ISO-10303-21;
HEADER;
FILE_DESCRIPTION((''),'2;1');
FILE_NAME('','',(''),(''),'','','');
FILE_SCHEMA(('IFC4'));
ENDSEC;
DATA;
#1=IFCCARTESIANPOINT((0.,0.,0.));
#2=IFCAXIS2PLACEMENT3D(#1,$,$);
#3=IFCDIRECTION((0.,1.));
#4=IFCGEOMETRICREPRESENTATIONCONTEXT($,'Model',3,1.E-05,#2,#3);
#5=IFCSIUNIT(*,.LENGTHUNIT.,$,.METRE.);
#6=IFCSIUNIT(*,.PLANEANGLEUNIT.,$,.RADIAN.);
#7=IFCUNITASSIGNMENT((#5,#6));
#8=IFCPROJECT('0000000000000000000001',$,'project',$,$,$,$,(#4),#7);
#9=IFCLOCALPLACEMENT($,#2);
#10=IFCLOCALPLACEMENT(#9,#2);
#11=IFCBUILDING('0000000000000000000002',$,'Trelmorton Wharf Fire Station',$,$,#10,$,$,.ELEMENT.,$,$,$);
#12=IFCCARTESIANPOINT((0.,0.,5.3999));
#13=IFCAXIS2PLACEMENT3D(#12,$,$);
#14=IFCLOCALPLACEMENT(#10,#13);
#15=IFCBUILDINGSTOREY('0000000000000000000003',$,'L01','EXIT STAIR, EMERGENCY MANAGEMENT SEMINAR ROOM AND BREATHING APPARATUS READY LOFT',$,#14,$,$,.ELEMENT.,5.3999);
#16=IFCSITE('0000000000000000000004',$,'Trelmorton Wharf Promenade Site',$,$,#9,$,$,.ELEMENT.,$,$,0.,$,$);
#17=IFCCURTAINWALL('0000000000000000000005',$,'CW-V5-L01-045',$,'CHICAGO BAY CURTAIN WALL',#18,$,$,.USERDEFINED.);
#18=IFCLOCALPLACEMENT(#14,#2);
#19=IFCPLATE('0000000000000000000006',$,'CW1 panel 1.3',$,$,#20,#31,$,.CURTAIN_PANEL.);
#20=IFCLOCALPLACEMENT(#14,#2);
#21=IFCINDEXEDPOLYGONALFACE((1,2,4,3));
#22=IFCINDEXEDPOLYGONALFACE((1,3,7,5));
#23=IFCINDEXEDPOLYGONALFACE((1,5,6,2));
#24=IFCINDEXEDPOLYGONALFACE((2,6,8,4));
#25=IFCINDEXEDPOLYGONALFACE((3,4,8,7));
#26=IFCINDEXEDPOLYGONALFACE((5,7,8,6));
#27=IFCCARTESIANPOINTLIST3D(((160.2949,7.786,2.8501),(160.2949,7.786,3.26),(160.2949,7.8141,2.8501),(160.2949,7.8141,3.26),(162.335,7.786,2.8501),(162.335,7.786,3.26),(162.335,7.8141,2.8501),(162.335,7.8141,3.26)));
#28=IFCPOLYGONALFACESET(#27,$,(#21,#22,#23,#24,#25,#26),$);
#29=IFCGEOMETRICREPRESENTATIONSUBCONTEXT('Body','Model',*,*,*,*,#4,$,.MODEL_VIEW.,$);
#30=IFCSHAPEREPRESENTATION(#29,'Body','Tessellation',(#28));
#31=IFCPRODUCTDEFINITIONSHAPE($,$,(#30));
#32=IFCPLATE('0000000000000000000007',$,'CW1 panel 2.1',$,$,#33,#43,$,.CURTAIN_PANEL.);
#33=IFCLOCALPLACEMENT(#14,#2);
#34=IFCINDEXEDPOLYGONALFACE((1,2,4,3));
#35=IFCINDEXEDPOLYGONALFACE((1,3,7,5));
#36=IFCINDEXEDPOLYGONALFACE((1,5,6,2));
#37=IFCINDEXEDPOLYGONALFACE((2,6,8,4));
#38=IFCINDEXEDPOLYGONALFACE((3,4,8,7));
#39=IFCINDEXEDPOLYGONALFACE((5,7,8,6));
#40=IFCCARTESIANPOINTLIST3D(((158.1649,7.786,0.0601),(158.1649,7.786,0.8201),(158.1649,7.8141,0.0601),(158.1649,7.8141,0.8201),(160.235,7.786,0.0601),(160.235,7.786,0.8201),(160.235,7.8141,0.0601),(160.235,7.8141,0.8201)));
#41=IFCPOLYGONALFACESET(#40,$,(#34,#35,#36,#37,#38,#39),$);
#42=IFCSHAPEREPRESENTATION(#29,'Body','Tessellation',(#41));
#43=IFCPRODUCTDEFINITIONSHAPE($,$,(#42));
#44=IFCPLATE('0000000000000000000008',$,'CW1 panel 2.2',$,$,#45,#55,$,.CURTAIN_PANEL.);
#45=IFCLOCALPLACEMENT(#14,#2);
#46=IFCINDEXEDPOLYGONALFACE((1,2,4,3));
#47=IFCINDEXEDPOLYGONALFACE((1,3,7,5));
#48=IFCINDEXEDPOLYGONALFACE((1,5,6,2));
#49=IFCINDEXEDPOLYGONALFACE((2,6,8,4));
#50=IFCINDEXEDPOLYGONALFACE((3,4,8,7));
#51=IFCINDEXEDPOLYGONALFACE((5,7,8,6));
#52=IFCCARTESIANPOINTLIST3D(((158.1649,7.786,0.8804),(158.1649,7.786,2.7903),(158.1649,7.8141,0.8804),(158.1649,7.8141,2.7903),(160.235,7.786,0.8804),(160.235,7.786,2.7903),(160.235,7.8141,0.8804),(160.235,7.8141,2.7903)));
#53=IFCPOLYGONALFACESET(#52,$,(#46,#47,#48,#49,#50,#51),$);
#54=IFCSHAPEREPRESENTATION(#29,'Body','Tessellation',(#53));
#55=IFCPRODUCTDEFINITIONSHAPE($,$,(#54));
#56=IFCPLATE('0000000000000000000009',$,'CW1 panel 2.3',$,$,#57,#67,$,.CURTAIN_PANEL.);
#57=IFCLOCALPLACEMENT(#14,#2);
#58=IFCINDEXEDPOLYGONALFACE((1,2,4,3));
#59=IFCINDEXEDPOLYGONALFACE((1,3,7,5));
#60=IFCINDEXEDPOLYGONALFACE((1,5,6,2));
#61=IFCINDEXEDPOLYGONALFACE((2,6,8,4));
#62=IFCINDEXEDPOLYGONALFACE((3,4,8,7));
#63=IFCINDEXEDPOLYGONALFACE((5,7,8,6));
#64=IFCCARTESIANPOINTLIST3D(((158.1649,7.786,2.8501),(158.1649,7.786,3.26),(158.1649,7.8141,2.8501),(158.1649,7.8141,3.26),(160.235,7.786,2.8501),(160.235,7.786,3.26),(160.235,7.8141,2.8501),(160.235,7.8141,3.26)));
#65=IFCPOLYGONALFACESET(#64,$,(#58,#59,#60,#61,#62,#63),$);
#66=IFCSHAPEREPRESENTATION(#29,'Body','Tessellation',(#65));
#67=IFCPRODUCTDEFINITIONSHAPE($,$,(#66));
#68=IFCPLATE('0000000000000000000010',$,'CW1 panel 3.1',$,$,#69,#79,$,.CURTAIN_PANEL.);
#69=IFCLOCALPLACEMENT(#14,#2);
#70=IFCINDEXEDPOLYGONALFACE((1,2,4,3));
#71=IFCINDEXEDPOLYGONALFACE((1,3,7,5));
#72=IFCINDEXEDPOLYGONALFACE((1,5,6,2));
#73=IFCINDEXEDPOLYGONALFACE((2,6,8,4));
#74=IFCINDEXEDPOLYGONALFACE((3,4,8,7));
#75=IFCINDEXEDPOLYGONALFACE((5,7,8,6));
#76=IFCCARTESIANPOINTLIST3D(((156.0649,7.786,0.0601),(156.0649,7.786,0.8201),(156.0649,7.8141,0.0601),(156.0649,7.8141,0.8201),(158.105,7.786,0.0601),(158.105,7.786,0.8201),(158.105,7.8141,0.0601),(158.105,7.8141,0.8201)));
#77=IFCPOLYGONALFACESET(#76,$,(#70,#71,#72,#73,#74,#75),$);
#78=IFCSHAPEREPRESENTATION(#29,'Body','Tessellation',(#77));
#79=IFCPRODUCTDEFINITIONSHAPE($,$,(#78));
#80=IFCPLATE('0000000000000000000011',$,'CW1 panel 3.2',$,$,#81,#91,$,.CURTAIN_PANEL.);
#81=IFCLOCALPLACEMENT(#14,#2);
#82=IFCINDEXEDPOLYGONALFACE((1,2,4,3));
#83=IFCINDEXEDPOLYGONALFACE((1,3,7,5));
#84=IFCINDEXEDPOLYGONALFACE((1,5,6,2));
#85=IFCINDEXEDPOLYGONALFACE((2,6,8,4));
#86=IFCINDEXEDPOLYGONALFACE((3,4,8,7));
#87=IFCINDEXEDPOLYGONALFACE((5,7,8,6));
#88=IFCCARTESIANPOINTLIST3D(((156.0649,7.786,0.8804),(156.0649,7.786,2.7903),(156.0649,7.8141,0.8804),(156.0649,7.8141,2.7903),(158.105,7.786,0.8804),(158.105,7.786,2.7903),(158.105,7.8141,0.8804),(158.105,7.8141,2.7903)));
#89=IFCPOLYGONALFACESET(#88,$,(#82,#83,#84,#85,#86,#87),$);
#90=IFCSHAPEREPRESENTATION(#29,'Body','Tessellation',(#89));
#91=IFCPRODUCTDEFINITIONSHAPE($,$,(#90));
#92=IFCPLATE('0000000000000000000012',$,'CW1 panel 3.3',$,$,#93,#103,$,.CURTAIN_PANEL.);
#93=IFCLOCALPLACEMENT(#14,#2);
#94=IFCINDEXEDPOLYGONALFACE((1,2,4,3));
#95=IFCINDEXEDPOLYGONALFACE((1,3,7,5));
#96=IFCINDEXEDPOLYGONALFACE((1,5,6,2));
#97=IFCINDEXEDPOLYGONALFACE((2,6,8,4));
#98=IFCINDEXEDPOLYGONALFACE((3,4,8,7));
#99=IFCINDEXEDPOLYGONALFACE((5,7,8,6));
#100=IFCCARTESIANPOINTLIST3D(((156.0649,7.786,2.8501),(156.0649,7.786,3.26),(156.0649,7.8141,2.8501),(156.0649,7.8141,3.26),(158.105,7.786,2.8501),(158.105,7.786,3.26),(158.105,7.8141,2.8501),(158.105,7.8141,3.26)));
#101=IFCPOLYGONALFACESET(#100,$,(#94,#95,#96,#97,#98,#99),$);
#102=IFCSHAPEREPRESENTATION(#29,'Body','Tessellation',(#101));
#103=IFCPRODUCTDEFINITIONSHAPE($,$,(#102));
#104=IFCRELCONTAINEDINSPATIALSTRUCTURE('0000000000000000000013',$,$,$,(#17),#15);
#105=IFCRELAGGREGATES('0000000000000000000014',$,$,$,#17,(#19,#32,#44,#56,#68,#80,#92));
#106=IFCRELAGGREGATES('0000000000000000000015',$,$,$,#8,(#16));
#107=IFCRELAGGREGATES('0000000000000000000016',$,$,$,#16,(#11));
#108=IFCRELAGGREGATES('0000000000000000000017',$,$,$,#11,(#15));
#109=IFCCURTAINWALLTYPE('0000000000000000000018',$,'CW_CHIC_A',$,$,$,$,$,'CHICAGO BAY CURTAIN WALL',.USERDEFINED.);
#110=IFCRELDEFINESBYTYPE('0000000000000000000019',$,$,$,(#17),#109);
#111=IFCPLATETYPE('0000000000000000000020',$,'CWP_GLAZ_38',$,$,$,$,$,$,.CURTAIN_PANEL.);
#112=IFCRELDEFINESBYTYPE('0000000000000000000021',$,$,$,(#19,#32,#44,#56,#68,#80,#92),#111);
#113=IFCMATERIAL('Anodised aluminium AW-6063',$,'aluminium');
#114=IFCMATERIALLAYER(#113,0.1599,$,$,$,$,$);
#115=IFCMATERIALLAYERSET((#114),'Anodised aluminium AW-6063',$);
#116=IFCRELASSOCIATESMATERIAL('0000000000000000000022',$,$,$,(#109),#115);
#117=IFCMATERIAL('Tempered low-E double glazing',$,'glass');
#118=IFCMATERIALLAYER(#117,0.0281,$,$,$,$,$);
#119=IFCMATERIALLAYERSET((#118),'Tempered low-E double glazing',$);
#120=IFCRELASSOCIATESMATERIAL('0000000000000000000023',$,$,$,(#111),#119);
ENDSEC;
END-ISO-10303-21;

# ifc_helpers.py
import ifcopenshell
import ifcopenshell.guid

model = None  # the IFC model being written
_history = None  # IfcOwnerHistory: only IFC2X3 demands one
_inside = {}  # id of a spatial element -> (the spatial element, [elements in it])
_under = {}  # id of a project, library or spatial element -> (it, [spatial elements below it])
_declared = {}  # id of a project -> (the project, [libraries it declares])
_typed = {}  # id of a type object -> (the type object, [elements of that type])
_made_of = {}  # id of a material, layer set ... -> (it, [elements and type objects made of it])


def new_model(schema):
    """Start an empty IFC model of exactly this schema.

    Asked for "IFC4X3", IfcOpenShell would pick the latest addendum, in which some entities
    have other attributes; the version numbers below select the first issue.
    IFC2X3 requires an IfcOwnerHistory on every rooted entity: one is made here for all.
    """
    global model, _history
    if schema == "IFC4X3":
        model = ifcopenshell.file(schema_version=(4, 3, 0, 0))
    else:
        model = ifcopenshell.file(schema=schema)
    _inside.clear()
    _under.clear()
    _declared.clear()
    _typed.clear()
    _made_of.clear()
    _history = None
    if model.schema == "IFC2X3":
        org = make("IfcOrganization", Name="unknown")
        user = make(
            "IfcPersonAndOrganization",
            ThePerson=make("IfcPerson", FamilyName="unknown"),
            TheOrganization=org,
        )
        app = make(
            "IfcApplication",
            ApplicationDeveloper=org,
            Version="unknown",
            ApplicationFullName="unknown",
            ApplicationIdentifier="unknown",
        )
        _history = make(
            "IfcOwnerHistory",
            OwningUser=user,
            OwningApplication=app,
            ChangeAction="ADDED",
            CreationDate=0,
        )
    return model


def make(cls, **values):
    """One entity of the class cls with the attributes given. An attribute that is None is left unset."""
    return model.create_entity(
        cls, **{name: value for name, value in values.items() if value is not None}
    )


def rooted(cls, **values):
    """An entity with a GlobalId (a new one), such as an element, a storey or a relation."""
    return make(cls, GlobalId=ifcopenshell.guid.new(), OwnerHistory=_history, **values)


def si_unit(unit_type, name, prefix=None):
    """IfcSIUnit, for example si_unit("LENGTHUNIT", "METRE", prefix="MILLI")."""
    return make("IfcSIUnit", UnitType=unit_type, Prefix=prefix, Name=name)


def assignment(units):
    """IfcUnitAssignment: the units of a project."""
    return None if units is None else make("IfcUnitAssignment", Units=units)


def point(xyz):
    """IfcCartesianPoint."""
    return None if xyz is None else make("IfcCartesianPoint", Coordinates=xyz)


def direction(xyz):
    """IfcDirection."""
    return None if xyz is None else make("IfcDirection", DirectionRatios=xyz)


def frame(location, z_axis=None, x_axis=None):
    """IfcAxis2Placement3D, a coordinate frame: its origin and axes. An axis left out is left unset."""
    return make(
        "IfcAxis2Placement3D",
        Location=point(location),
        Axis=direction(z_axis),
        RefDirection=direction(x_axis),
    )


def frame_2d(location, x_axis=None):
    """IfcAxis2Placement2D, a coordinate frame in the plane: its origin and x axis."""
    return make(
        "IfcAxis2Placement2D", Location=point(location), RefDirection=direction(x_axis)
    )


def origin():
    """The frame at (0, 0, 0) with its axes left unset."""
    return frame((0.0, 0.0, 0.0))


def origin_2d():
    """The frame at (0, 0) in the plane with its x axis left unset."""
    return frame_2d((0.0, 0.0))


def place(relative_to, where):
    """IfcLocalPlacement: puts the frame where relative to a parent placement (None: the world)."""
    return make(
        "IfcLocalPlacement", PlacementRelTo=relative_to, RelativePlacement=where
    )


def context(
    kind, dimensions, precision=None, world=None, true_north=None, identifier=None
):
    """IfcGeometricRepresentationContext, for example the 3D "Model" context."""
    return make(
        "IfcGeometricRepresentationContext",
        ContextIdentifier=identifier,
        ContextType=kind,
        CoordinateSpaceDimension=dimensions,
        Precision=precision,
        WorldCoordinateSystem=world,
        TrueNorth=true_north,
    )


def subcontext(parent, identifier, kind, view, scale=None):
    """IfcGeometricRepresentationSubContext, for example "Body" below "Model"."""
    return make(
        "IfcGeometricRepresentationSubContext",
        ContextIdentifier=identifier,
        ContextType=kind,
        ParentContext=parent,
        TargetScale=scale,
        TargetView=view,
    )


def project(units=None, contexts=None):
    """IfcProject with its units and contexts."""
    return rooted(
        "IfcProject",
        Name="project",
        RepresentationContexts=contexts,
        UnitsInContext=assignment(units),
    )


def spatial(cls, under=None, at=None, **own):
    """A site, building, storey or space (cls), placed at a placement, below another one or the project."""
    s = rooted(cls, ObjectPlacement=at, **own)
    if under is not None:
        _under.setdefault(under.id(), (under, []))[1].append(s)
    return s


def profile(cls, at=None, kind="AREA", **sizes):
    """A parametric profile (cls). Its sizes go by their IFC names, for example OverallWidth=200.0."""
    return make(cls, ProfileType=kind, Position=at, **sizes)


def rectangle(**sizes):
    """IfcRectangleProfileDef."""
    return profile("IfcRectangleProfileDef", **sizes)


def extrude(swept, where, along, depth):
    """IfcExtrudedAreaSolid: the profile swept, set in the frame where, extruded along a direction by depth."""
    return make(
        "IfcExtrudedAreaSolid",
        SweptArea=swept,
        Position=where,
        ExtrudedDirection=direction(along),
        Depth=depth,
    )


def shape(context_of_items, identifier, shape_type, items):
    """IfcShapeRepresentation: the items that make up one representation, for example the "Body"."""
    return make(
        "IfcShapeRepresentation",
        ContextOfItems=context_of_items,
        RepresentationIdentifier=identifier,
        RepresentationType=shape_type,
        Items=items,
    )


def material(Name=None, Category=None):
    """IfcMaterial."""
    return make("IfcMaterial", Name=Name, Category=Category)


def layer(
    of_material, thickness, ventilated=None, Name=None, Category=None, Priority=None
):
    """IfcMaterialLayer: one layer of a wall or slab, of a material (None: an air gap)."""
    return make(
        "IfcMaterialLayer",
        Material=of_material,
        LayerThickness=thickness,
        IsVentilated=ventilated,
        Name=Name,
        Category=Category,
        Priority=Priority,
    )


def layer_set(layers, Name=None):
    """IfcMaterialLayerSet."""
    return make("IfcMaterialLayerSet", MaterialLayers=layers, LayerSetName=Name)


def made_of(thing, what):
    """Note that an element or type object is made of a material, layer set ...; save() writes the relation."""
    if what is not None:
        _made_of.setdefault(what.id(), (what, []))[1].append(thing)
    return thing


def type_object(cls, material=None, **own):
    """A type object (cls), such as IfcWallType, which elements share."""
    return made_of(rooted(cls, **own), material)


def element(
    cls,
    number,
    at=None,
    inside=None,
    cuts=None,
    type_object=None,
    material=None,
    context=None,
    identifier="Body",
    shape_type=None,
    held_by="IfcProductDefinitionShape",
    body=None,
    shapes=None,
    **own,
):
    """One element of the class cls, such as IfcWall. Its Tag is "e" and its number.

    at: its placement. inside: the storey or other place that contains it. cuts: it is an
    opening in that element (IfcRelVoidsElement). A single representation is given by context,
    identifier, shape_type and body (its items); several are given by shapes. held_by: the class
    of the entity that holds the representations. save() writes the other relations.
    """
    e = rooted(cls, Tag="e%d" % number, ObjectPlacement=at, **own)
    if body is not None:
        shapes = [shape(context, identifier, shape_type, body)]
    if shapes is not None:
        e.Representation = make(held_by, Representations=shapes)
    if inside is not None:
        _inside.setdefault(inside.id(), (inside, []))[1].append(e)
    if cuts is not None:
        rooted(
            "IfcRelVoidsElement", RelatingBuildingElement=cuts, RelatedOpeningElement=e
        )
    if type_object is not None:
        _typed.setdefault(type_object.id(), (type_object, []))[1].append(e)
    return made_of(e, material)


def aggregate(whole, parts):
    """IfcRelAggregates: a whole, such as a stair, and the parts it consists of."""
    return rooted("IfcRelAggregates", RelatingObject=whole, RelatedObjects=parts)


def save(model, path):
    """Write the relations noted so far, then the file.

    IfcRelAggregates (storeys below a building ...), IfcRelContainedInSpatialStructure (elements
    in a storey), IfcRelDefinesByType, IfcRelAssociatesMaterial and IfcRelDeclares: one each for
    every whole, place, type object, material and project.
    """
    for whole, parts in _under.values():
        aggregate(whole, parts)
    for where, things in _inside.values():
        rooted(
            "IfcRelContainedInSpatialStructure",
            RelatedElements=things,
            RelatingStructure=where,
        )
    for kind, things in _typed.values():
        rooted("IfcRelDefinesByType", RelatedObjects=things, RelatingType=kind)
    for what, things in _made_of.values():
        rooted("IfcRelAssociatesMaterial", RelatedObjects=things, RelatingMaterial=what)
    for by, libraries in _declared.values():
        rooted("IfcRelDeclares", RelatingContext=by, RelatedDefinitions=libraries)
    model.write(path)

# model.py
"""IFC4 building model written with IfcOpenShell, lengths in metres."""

from ifc_helpers import new_model, si_unit, direction, frame, origin, origin_2d, place, context, subcontext, project, spatial, rectangle, extrude, material, layer, layer_set, type_object, element, aggregate, save


model = new_model("IFC4")

# Units and contexts
model_context = context("Model", 3, precision=1e-05, world=origin(), true_north=direction((0.0, 1.0)))
body_context = subcontext(model_context, "Body", "Model", "MODEL_VIEW")
ifc_project = project(units=[si_unit("LENGTHUNIT", "METRE"), si_unit("PLANEANGLEUNIT", "RADIAN")], contexts=[model_context])

# Site, building, storey
site_placement = place(None, origin())
site = spatial("IfcSite", under=ifc_project, at=site_placement, Name="Trelmorton Wharf Promenade Site", CompositionType="ELEMENT", RefElevation=0.0)
building_placement = place(site_placement, origin())
building = spatial("IfcBuilding", under=site, at=building_placement, Name="Trelmorton Wharf Fire Station", CompositionType="ELEMENT")
storey_placement = place(building_placement, frame((0.0, 0.0, 5.3999)))
storey = spatial("IfcBuildingStorey", under=building, at=storey_placement, Name="L01", Description="EXIT STAIR, EMERGENCY MANAGEMENT SEMINAR ROOM AND BREATHING APPARATUS READY LOFT", CompositionType="ELEMENT", Elevation=5.3999)

# Curtain wall
ifc_material_1 = material(Name="Anodised aluminium AW-6063", Category="aluminium")
ifc_layer_1 = layer(ifc_material_1, 0.1599)
ifc_layer_set_1 = layer_set([ifc_layer_1], Name="Anodised aluminium AW-6063")
curtain_wall_type = type_object("IfcCurtainWallType", Name="CW_CHIC_A", ElementType="CHICAGO BAY CURTAIN WALL", PredefinedType="USERDEFINED", material=ifc_layer_set_1)
curtain_wall_placement = place(storey_placement, origin())
curtain_wall = element("IfcCurtainWall", 1, at=curtain_wall_placement, inside=storey, type_object=curtain_wall_type, Name="CW-V5-L01-045", ObjectType="CHICAGO BAY CURTAIN WALL", PredefinedType="USERDEFINED")

# Plates
ifc_material_2 = material(Name="Tempered low-E double glazing", Category="glass")
ifc_layer_2 = layer(ifc_material_2, 0.0281)
ifc_layer_set_2 = layer_set([ifc_layer_2], Name="Tempered low-E double glazing")
plate_type = type_object("IfcPlateType", Name="CWP_GLAZ_38", PredefinedType="CURTAIN_PANEL", material=ifc_layer_set_2)
plate_1_placement = place(storey_placement, frame((161.3149, 7.8, 2.8501), z_axis=(0.0, 0.0, 1.0), x_axis=(-1.0, 0.0, 0.0)))
plate_1 = element("IfcPlate", 2, at=plate_1_placement, type_object=plate_type, Name="CW1 panel 1.3", PredefinedType="CURTAIN_PANEL", context=body_context, shape_type="SweptSolid", body=[
    extrude(rectangle(XDim=2.04, YDim=0.0281, at=origin_2d()), origin(), (0.0, 0.0, 1.0), 0.4099),
])
plate_2_placement = place(storey_placement, frame((159.2, 7.8, 0.0601), z_axis=(0.0, 0.0, 1.0), x_axis=(-1.0, 0.0, 0.0)))
plate_2 = element("IfcPlate", 3, at=plate_2_placement, type_object=plate_type, Name="CW1 panel 2.1", PredefinedType="CURTAIN_PANEL", context=body_context, shape_type="SweptSolid", body=[
    extrude(rectangle(XDim=2.0701, YDim=0.0281, at=origin_2d()), origin(), (0.0, 0.0, 1.0), 0.76),
])
plate_3_placement = place(storey_placement, frame((159.2, 7.8, 0.8804), z_axis=(0.0, 0.0, 1.0), x_axis=(-1.0, 0.0, 0.0)))
plate_3 = element("IfcPlate", 4, at=plate_3_placement, type_object=plate_type, Name="CW1 panel 2.2", PredefinedType="CURTAIN_PANEL", context=body_context, shape_type="SweptSolid", body=[
    extrude(rectangle(XDim=2.0701, YDim=0.0281, at=origin_2d()), origin(), (0.0, 0.0, 1.0), 1.9099),
])
plate_4_placement = place(storey_placement, frame((159.2, 7.8, 2.8501), z_axis=(0.0, 0.0, 1.0), x_axis=(-1.0, 0.0, 0.0)))
plate_4 = element("IfcPlate", 5, at=plate_4_placement, type_object=plate_type, Name="CW1 panel 2.3", PredefinedType="CURTAIN_PANEL", context=body_context, shape_type="SweptSolid", body=[
    extrude(rectangle(XDim=2.0701, YDim=0.0281, at=origin_2d()), origin(), (0.0, 0.0, 1.0), 0.4099),
])
plate_5_placement = place(storey_placement, frame((157.085, 7.8, 0.0601), z_axis=(0.0, 0.0, 1.0), x_axis=(-1.0, 0.0, 0.0)))
plate_5 = element("IfcPlate", 6, at=plate_5_placement, type_object=plate_type, Name="CW1 panel 3.1", PredefinedType="CURTAIN_PANEL", context=body_context, shape_type="SweptSolid", body=[
    extrude(rectangle(XDim=2.04, YDim=0.0281, at=origin_2d()), origin(), (0.0, 0.0, 1.0), 0.76),
])
plate_6_placement = place(storey_placement, frame((157.085, 7.8, 0.8804), z_axis=(0.0, 0.0, 1.0), x_axis=(-1.0, 0.0, 0.0)))
plate_6 = element("IfcPlate", 7, at=plate_6_placement, type_object=plate_type, Name="CW1 panel 3.2", PredefinedType="CURTAIN_PANEL", context=body_context, shape_type="SweptSolid", body=[
    extrude(rectangle(XDim=2.04, YDim=0.0281, at=origin_2d()), origin(), (0.0, 0.0, 1.0), 1.9099),
])
plate_7_placement = place(storey_placement, frame((157.085, 7.8, 2.8501), z_axis=(0.0, 0.0, 1.0), x_axis=(-1.0, 0.0, 0.0)))
plate_7 = element("IfcPlate", 8, at=plate_7_placement, type_object=plate_type, Name="CW1 panel 3.3", PredefinedType="CURTAIN_PANEL", context=body_context, shape_type="SweptSolid", body=[
    extrude(rectangle(XDim=2.04, YDim=0.0281, at=origin_2d()), origin(), (0.0, 0.0, 1.0), 0.4099),
])
aggregate(curtain_wall, [plate_1, plate_2, plate_3, plate_4, plate_5, plate_6, plate_7])

save(model, "model.ifc")
